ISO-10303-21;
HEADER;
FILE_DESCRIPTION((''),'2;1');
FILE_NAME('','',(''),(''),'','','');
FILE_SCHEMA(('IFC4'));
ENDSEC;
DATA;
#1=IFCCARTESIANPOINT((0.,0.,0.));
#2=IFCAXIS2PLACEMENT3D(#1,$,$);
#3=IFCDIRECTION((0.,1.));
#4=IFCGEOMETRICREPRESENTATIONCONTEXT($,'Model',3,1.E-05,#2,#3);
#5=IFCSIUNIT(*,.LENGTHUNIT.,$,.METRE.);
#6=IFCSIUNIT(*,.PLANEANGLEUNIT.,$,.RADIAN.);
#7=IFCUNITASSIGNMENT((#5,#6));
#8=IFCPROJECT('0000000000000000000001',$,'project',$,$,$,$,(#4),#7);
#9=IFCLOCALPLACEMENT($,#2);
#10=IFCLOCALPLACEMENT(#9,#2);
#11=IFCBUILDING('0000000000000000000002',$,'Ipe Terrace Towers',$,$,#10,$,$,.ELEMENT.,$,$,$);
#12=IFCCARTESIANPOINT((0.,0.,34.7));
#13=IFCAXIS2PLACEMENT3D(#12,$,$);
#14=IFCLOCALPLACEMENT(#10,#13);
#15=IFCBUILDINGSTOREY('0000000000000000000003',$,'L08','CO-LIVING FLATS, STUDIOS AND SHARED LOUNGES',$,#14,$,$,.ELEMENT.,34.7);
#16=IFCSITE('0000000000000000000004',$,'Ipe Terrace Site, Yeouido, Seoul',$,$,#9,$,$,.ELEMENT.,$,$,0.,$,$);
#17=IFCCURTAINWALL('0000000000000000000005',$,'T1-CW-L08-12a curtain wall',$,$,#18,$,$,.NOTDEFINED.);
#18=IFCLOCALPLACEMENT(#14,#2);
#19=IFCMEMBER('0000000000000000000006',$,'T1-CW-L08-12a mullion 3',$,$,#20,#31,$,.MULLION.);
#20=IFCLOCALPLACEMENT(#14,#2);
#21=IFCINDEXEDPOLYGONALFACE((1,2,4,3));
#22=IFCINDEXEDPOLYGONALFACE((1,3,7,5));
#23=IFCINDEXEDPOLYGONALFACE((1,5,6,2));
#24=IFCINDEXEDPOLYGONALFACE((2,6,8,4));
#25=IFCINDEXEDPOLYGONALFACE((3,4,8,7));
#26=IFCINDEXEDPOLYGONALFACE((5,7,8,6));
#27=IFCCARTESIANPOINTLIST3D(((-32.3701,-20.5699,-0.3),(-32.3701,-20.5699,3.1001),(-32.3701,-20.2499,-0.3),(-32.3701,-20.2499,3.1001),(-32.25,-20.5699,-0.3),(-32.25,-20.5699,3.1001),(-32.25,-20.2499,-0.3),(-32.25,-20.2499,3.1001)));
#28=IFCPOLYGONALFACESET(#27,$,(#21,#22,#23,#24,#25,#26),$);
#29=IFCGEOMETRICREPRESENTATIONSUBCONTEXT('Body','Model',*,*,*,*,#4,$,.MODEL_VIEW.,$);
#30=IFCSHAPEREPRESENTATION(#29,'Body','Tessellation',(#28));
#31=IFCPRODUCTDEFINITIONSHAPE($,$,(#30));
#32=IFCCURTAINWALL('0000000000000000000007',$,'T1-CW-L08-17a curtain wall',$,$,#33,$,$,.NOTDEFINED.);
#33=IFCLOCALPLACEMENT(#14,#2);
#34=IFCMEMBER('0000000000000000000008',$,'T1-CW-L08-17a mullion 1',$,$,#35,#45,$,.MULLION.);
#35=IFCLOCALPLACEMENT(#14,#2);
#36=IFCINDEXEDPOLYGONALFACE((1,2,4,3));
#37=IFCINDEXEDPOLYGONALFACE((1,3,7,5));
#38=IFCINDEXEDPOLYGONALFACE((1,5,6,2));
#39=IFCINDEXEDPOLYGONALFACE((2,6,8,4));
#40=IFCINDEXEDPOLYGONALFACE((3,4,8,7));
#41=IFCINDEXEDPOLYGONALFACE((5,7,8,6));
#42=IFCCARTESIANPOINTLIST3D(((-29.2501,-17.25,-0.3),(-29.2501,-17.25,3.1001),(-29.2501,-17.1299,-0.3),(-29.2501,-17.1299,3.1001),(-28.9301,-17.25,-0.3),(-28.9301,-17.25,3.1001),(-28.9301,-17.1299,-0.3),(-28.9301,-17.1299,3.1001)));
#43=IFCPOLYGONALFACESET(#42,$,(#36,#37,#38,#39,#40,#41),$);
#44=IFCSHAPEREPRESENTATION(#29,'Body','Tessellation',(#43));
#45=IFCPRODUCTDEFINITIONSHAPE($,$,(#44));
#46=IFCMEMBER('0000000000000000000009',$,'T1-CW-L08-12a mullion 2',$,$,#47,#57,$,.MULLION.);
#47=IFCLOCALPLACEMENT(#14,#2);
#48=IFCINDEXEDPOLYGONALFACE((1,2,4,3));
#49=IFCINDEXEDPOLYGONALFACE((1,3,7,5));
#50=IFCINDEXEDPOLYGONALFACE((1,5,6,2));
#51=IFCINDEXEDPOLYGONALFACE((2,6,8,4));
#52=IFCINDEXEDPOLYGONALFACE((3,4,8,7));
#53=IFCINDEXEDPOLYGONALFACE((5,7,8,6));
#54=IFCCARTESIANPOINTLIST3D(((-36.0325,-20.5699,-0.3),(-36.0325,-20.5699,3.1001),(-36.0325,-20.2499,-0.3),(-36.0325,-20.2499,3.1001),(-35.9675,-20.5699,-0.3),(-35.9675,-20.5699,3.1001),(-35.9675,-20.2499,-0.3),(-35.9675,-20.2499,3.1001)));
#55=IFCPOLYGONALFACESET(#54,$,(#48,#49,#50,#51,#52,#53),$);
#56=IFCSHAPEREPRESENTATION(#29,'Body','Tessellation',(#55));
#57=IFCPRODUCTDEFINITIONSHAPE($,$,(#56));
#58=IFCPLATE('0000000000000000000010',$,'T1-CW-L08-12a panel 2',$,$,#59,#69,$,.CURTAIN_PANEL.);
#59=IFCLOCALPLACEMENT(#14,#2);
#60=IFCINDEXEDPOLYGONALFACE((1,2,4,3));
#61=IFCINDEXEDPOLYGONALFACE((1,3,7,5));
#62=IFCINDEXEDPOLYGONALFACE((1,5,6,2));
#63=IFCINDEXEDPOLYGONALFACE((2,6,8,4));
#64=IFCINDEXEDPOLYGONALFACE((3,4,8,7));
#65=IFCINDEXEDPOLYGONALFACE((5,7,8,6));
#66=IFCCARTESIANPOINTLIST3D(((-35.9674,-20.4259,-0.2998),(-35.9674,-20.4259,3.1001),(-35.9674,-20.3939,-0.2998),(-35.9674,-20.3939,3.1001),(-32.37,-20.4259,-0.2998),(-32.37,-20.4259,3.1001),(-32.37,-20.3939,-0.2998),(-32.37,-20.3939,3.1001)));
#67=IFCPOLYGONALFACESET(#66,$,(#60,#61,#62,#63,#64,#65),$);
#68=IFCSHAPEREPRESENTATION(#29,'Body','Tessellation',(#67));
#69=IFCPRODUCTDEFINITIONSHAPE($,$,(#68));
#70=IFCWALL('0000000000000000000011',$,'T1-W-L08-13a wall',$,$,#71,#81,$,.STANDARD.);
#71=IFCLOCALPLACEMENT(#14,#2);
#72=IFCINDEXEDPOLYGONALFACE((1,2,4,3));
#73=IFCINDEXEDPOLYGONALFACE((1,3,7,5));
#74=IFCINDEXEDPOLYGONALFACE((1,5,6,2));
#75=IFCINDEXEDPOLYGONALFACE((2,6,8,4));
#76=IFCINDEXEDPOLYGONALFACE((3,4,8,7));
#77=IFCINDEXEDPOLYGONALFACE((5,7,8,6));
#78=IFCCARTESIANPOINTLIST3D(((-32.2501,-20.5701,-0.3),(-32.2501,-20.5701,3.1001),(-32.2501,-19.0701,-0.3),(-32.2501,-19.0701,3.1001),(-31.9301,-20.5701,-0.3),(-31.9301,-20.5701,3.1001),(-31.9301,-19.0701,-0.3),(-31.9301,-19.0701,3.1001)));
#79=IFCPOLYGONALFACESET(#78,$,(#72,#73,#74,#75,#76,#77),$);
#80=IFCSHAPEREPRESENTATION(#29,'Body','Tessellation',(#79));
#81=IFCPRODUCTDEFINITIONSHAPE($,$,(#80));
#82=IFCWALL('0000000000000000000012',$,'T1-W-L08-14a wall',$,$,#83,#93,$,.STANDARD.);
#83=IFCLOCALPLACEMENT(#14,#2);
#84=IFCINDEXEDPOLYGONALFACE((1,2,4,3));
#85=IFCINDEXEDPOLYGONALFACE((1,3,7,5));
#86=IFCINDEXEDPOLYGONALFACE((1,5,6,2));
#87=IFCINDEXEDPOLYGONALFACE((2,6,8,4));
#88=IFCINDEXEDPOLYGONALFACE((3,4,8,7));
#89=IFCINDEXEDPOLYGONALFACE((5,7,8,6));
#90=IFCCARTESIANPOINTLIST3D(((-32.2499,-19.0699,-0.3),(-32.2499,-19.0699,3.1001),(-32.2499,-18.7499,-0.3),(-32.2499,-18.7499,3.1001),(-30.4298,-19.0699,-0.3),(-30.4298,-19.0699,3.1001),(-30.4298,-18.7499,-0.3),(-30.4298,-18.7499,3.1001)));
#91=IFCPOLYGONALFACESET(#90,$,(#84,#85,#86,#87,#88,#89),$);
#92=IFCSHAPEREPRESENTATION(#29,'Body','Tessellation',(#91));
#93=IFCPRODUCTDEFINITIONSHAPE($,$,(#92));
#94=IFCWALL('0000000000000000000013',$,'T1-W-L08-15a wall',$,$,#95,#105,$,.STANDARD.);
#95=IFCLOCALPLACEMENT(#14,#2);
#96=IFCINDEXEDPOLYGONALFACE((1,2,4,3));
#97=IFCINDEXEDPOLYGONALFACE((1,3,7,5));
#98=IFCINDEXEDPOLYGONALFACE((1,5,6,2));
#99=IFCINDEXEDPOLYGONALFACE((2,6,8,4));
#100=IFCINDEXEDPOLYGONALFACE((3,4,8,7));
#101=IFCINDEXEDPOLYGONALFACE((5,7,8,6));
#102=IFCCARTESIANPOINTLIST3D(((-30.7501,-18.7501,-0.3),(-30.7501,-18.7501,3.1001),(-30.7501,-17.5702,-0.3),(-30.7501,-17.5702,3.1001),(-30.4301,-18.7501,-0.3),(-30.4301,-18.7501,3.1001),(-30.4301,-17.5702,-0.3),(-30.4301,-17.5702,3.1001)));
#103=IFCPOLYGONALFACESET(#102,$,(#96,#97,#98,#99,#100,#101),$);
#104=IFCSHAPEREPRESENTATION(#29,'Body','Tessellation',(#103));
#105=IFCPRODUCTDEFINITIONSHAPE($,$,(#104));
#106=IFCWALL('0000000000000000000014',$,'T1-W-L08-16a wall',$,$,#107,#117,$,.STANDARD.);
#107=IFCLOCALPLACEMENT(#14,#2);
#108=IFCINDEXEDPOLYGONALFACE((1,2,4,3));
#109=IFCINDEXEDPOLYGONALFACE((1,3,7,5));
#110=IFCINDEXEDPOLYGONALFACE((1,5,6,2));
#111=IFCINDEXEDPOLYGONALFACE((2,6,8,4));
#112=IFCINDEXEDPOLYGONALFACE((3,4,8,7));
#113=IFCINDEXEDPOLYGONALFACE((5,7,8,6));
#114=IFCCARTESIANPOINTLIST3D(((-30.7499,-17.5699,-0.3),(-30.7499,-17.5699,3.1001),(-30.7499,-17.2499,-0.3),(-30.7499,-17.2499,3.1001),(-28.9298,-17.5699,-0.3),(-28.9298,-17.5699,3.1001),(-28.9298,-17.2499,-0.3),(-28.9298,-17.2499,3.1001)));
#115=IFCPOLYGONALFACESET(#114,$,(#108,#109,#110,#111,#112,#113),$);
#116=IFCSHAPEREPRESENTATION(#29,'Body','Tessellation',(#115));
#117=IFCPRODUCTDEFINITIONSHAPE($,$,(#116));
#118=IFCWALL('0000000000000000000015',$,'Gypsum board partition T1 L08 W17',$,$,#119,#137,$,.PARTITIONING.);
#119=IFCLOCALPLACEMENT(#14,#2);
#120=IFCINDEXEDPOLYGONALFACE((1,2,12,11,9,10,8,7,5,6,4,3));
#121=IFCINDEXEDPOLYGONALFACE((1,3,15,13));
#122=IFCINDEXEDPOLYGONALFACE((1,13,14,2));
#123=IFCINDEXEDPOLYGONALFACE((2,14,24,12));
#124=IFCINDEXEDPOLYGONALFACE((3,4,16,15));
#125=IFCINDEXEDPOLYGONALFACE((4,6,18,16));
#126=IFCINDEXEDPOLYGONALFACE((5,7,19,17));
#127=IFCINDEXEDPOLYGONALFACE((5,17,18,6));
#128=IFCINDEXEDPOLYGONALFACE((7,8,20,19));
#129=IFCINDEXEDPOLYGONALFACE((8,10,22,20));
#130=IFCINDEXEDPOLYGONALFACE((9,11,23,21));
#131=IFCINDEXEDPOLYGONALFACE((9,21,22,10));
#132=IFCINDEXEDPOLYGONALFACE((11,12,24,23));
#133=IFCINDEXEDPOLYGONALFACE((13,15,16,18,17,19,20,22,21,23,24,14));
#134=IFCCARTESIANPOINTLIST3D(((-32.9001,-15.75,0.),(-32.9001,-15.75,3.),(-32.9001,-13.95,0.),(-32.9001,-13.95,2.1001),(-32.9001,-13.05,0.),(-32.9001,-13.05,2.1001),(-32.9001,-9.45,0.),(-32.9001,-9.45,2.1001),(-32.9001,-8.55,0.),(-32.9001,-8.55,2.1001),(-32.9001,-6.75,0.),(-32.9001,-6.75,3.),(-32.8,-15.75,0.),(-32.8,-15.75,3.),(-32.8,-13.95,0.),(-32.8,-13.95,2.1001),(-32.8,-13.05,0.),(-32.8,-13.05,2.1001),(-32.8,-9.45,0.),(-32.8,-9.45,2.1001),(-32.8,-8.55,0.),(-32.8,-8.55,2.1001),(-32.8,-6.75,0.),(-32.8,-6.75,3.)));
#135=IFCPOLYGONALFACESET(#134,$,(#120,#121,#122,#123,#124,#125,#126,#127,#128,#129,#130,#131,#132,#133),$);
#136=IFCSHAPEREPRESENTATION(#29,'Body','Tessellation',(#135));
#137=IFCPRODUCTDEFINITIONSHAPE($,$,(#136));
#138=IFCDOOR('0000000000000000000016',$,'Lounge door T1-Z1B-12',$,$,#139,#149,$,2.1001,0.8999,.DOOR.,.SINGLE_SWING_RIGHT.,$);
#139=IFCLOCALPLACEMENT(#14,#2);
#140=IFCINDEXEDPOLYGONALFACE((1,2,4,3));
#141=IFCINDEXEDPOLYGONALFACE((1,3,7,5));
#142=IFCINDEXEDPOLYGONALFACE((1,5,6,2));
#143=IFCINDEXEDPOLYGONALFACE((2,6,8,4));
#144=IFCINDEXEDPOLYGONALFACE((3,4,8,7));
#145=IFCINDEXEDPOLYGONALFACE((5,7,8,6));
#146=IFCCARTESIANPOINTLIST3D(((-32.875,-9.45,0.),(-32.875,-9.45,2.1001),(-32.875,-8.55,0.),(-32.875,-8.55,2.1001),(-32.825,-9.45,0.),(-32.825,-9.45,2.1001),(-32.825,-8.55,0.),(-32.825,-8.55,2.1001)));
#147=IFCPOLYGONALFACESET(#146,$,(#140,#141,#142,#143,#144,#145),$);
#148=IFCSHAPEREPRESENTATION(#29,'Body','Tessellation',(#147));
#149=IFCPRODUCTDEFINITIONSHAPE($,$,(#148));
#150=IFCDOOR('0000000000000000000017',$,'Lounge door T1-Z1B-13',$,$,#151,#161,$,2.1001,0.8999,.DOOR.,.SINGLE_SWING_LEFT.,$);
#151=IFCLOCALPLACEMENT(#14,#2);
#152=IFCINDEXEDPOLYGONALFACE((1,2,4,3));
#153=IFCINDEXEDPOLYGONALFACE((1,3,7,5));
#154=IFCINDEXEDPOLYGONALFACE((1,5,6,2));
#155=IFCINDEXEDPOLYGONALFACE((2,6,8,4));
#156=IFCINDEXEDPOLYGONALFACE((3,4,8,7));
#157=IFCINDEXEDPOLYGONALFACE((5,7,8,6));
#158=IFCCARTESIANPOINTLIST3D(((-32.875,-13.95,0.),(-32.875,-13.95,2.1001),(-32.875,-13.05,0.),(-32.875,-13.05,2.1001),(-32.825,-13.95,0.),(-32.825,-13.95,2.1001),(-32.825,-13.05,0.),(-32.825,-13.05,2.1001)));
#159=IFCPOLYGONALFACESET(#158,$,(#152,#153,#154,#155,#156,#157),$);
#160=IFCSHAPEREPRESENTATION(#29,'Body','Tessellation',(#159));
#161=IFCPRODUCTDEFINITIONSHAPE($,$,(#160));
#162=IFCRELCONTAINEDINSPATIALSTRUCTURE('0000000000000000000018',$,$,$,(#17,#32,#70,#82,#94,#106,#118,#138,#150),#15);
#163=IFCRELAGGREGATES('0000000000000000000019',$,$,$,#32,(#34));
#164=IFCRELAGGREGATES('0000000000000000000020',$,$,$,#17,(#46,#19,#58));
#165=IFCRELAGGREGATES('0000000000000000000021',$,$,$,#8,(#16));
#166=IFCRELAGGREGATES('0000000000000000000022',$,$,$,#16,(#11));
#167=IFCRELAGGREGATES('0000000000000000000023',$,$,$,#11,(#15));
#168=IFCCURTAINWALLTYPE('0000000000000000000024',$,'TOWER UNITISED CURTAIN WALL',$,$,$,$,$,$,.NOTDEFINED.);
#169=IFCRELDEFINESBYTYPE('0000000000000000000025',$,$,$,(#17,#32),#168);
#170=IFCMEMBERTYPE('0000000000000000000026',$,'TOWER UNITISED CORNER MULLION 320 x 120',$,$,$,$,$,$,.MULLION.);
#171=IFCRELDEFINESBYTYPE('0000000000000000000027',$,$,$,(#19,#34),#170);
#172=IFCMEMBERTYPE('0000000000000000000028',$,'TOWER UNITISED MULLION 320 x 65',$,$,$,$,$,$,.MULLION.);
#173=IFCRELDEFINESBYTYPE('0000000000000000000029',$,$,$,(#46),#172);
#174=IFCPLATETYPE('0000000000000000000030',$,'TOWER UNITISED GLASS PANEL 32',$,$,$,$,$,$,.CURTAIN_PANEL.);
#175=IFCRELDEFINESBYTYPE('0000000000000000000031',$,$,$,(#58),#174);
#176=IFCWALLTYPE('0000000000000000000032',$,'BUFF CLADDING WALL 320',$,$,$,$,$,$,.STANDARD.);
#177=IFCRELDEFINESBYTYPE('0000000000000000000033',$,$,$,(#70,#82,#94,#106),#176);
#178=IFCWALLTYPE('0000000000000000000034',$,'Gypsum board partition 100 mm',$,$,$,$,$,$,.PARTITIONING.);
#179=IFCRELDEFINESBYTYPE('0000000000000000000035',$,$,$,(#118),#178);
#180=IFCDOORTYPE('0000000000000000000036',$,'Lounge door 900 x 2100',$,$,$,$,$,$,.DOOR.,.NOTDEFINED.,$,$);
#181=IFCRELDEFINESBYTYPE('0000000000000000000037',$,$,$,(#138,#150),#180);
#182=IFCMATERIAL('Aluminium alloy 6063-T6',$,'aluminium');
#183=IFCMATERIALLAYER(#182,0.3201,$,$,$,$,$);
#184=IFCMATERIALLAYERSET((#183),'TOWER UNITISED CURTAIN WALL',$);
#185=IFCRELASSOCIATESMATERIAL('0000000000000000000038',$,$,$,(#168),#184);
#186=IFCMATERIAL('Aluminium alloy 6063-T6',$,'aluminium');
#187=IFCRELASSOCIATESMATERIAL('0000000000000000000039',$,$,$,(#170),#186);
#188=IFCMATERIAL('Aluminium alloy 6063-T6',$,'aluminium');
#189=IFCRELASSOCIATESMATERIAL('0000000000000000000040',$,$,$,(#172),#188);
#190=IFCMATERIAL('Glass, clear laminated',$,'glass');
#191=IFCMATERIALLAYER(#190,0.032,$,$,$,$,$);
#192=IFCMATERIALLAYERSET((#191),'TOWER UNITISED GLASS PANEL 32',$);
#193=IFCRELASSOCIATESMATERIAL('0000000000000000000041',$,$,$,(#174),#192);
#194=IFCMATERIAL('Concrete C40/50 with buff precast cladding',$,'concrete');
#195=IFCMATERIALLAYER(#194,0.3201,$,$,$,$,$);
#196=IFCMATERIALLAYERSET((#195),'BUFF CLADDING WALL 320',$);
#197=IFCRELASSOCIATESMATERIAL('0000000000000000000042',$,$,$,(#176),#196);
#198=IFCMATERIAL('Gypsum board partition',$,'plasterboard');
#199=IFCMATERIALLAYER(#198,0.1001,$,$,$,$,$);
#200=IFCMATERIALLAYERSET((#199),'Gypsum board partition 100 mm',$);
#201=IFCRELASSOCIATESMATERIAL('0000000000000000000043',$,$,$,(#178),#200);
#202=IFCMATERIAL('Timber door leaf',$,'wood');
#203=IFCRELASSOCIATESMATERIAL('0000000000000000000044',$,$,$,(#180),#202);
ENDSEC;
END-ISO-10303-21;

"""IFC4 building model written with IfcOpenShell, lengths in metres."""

from ifc_helpers import new_model, si_unit, direction, frame, frame_2d, origin, origin_2d, place, context, subcontext, project, spatial, rectangle, extrude, material, layer, layer_set, material_profile, profile_set, type_object, element, fill, aggregate, save


model = new_model("IFC4")

# Units and contexts
model_context = context("Model", 3, precision=1e-05, world=origin(), true_north=direction((0.0, 1.0)))
body_context = subcontext(model_context, "Body", "Model", "MODEL_VIEW")
ifc_project = project(units=[si_unit("LENGTHUNIT", "METRE"), si_unit("PLANEANGLEUNIT", "RADIAN")], contexts=[model_context])

# Site, building, storey
site_placement = place(None, origin())
site = spatial("IfcSite", under=ifc_project, at=site_placement, Name="Ipe Terrace Site, Yeouido, Seoul", CompositionType="ELEMENT", RefElevation=0.0)
building_placement = place(site_placement, origin())
building = spatial("IfcBuilding", under=site, at=building_placement, Name="Ipe Terrace Towers", CompositionType="ELEMENT")
storey_placement = place(building_placement, frame((0.0, 0.0, 34.7)))
storey = spatial("IfcBuildingStorey", under=building, at=storey_placement, Name="L08", Description="CO-LIVING FLATS, STUDIOS AND SHARED LOUNGES", CompositionType="ELEMENT", Elevation=34.7)

# Curtain walls, members
ifc_material_1 = material(Name="Aluminium alloy 6063-T6", Category="aluminium")
ifc_layer_1 = layer(ifc_material_1, 0.3201)
ifc_layer_set_1 = layer_set([ifc_layer_1], Name="TOWER UNITISED CURTAIN WALL")
curtain_wall_type = type_object("IfcCurtainWallType", Name="TOWER UNITISED CURTAIN WALL", PredefinedType="NOTDEFINED", material=ifc_layer_set_1)
curtain_wall_1_placement = place(storey_placement, origin())
curtain_wall_1 = element("IfcCurtainWall", 1, at=curtain_wall_1_placement, inside=storey, type_object=curtain_wall_type, Name="T1-CW-L08-12a curtain wall", PredefinedType="NOTDEFINED")
ifc_material_2 = material(Name="Aluminium alloy 6063-T6", Category="aluminium")
ifc_material_profile_1 = material_profile(ifc_material_2, rectangle(XDim=0.3201, YDim=0.1201, at=origin_2d()), Name="TOWER UNITISED CORNER MULLION 320 x 120")
ifc_profile_set_1 = profile_set([ifc_material_profile_1], Name="Aluminium alloy 6063-T6")
member_type_1 = type_object("IfcMemberType", Name="TOWER UNITISED CORNER MULLION 320 x 120", PredefinedType="MULLION", material=ifc_profile_set_1)
member_1_placement = place(storey_placement, frame((-32.3101, -20.4099, -0.3), z_axis=(0.0, 0.0, 1.0), x_axis=(0.0, -1.0, 0.0)))
member_1 = element("IfcMember", 2, at=member_1_placement, type_object=member_type_1, Name="T1-CW-L08-12a mullion 3", PredefinedType="MULLION", context=body_context, shape_type="SweptSolid", body=[
    extrude(rectangle(XDim=0.3201, YDim=0.1201, at=origin_2d()), origin(), (0.0, 0.0, 1.0), 3.4001),
])
curtain_wall_2_placement = place(storey_placement, origin())
curtain_wall_2 = element("IfcCurtainWall", 3, at=curtain_wall_2_placement, inside=storey, type_object=curtain_wall_type, Name="T1-CW-L08-17a curtain wall", PredefinedType="NOTDEFINED")
member_2_placement = place(storey_placement, frame((-29.0901, -17.1899, -0.3), z_axis=(0.0, 0.0, 1.0), x_axis=(1.0, 0.0, 0.0)))
member_2 = element("IfcMember", 4, at=member_2_placement, type_object=member_type_1, Name="T1-CW-L08-17a mullion 1", PredefinedType="MULLION", context=body_context, shape_type="SweptSolid", body=[
    extrude(rectangle(XDim=0.3201, YDim=0.1201, at=origin_2d()), origin(), (0.0, 0.0, 1.0), 3.4001),
])
aggregate(curtain_wall_2, [member_2])

# Member
ifc_material_3 = material(Name="Aluminium alloy 6063-T6", Category="aluminium")
ifc_material_profile_2 = material_profile(ifc_material_3, rectangle(XDim=0.3201, YDim=0.0649, at=origin_2d()), Name="TOWER UNITISED MULLION 320 x 65")
ifc_profile_set_2 = profile_set([ifc_material_profile_2], Name="Aluminium alloy 6063-T6")
member_type_2 = type_object("IfcMemberType", Name="TOWER UNITISED MULLION 320 x 65", PredefinedType="MULLION", material=ifc_profile_set_2)
member_3_placement = place(storey_placement, frame((-36.0, -20.4099, -0.3), z_axis=(0.0, 0.0, 1.0), x_axis=(0.0, -1.0, 0.0)))
member_3 = element("IfcMember", 5, at=member_3_placement, type_object=member_type_2, Name="T1-CW-L08-12a mullion 2", PredefinedType="MULLION", context=body_context, shape_type="SweptSolid", body=[
    extrude(rectangle(XDim=0.3201, YDim=0.0649, at=origin_2d()), origin(), (0.0, 0.0, 1.0), 3.4001),
])

# Plate
ifc_material_4 = material(Name="Glass, clear laminated", Category="glass")
ifc_layer_2 = layer(ifc_material_4, 0.032)
ifc_layer_set_2 = layer_set([ifc_layer_2], Name="TOWER UNITISED GLASS PANEL 32")
plate_type = type_object("IfcPlateType", Name="TOWER UNITISED GLASS PANEL 32", PredefinedType="CURTAIN_PANEL", material=ifc_layer_set_2)
plate_placement = place(storey_placement, frame((-34.1687, -20.4099, -0.2998), z_axis=(0.0, 0.0, 1.0), x_axis=(1.0, 0.0, 0.0)))
plate = element("IfcPlate", 6, at=plate_placement, type_object=plate_type, Name="T1-CW-L08-12a panel 2", PredefinedType="CURTAIN_PANEL", context=body_context, shape_type="SweptSolid", body=[
    extrude(rectangle(XDim=3.5974, YDim=0.032, at=origin_2d()), origin(), (0.0, 0.0, 1.0), 3.3999),
])
aggregate(curtain_wall_1, [member_3, member_1, plate])

# Walls
ifc_material_5 = material(Name="Concrete C40/50 with buff precast cladding", Category="concrete")
ifc_layer_3 = layer(ifc_material_5, 0.3201)
ifc_layer_set_3 = layer_set([ifc_layer_3], Name="BUFF CLADDING WALL 320")
wall_type_1 = type_object("IfcWallType", Name="BUFF CLADDING WALL 320", PredefinedType="STANDARD", material=ifc_layer_set_3)
wall_1_placement = place(storey_placement, frame((-32.0901, -20.5701, -0.3), z_axis=(0.0, 0.0, 1.0), x_axis=(0.0, 1.0, 0.0)))
element("IfcWall", 7, at=wall_1_placement, inside=storey, type_object=wall_type_1, Name="T1-W-L08-13a wall", PredefinedType="STANDARD", context=body_context, shape_type="SweptSolid", body=[
    extrude(rectangle(XDim=1.5, YDim=0.3201, at=frame_2d((0.75, 0.0))), origin(), (0.0, 0.0, 1.0), 3.4001),
])
wall_2_placement = place(storey_placement, frame((-32.25, -18.9099, -0.3), z_axis=(0.0, 0.0, 1.0), x_axis=(1.0, 0.0, 0.0)))
element("IfcWall", 8, at=wall_2_placement, inside=storey, type_object=wall_type_1, Name="T1-W-L08-14a wall", PredefinedType="STANDARD", context=body_context, shape_type="SweptSolid", body=[
    extrude(rectangle(XDim=1.8201, YDim=0.3201, at=frame_2d((0.9102, 0.0))), origin(), (0.0, 0.0, 1.0), 3.4001),
])
wall_3_placement = place(storey_placement, frame((-30.5901, -18.75, -0.3), z_axis=(0.0, 0.0, 1.0), x_axis=(0.0, 1.0, 0.0)))
element("IfcWall", 9, at=wall_3_placement, inside=storey, type_object=wall_type_1, Name="T1-W-L08-15a wall", PredefinedType="STANDARD", context=body_context, shape_type="SweptSolid", body=[
    extrude(rectangle(XDim=1.1799, YDim=0.3201, at=frame_2d((0.5898, 0.0))), origin(), (0.0, 0.0, 1.0), 3.4001),
])
wall_4_placement = place(storey_placement, frame((-30.75, -17.4099, -0.3), z_axis=(0.0, 0.0, 1.0), x_axis=(1.0, 0.0, 0.0)))
element("IfcWall", 10, at=wall_4_placement, inside=storey, type_object=wall_type_1, Name="T1-W-L08-16a wall", PredefinedType="STANDARD", context=body_context, shape_type="SweptSolid", body=[
    extrude(rectangle(XDim=1.8201, YDim=0.3201, at=frame_2d((0.9102, 0.0))), origin(), (0.0, 0.0, 1.0), 3.4001),
])

# Wall, openings, doors
ifc_material_6 = material(Name="Gypsum board partition", Category="plasterboard")
ifc_layer_4 = layer(ifc_material_6, 0.1001)
ifc_layer_set_4 = layer_set([ifc_layer_4], Name="Gypsum board partition 100 mm")
wall_type_2 = type_object("IfcWallType", Name="Gypsum board partition 100 mm", PredefinedType="PARTITIONING", material=ifc_layer_set_4)
wall_5_placement = place(storey_placement, frame((-32.8501, -15.75, 0.0), z_axis=(0.0, 0.0, 1.0), x_axis=(0.0, 1.0, 0.0)))
wall_5 = element("IfcWall", 11, at=wall_5_placement, inside=storey, type_object=wall_type_2, Name="Gypsum board partition T1 L08 W17", PredefinedType="PARTITIONING", context=body_context, shape_type="SweptSolid", body=[
    extrude(rectangle(XDim=9.0, YDim=0.1001, at=frame_2d((4.5, 0.0))), origin(), (0.0, 0.0, 1.0), 3.0),
])
opening_1_placement = place(wall_5_placement, frame((6.3, 0.0, 0.0)))
opening_1 = element("IfcOpeningElement", 12, at=opening_1_placement, cuts=wall_5, PredefinedType="OPENING", context=body_context, shape_type="SweptSolid", body=[
    extrude(rectangle(XDim=0.8999, YDim=2.1001, at=frame_2d((0.45, 1.05))), frame((0.0, 0.0601, 0.0), z_axis=(0.0, -1.0, 0.0), x_axis=(1.0, 0.0, 0.0)), (0.0, 0.0, 1.0), 0.1201),
])
opening_2_placement = place(wall_5_placement, frame((1.8, 0.0, 0.0)))
opening_2 = element("IfcOpeningElement", 13, at=opening_2_placement, cuts=wall_5, PredefinedType="OPENING", context=body_context, shape_type="SweptSolid", body=[
    extrude(rectangle(XDim=0.8999, YDim=2.1001, at=frame_2d((0.45, 1.05))), frame((0.0, 0.0601, 0.0), z_axis=(0.0, -1.0, 0.0), x_axis=(1.0, 0.0, 0.0)), (0.0, 0.0, 1.0), 0.1201),
])
ifc_material_7 = material(Name="Timber door leaf", Category="wood")
door_type_1 = type_object("IfcDoorType", Name="Lounge door 900 x 2100", OperationType="NOTDEFINED", PredefinedType="DOOR", material=ifc_material_7)
door_1_placement = place(opening_1_placement, origin())
door_1 = element("IfcDoor", 14, at=door_1_placement, inside=storey, type_object=door_type_1, Name="Lounge door T1-Z1B-12", OperationType="SINGLE_SWING_RIGHT", OverallHeight=2.1001, OverallWidth=0.8999, PredefinedType="DOOR", context=body_context, shape_type="SweptSolid", body=[
    extrude(rectangle(XDim=0.8999, YDim=2.1001, at=frame_2d((0.45, 1.05))), frame((0.0, 0.0249, 0.0), z_axis=(0.0, -1.0, 0.0), x_axis=(1.0, 0.0, 0.0)), (0.0, 0.0, 1.0), 0.05),
])
fill(opening_1, door_1)
door_2_placement = place(opening_2_placement, origin())
door_2 = element("IfcDoor", 15, at=door_2_placement, inside=storey, type_object=door_type_1, Name="Lounge door T1-Z1B-13", OperationType="SINGLE_SWING_LEFT", OverallHeight=2.1001, OverallWidth=0.8999, PredefinedType="DOOR", context=body_context, shape_type="SweptSolid", body=[
    extrude(rectangle(XDim=0.8999, YDim=2.1001, at=frame_2d((0.45, 1.05))), frame((0.0, 0.0249, 0.0), z_axis=(0.0, -1.0, 0.0), x_axis=(1.0, 0.0, 0.0)), (0.0, 0.0, 1.0), 0.05),
])
fill(opening_2, door_2)

save(model, "model.ifc")
